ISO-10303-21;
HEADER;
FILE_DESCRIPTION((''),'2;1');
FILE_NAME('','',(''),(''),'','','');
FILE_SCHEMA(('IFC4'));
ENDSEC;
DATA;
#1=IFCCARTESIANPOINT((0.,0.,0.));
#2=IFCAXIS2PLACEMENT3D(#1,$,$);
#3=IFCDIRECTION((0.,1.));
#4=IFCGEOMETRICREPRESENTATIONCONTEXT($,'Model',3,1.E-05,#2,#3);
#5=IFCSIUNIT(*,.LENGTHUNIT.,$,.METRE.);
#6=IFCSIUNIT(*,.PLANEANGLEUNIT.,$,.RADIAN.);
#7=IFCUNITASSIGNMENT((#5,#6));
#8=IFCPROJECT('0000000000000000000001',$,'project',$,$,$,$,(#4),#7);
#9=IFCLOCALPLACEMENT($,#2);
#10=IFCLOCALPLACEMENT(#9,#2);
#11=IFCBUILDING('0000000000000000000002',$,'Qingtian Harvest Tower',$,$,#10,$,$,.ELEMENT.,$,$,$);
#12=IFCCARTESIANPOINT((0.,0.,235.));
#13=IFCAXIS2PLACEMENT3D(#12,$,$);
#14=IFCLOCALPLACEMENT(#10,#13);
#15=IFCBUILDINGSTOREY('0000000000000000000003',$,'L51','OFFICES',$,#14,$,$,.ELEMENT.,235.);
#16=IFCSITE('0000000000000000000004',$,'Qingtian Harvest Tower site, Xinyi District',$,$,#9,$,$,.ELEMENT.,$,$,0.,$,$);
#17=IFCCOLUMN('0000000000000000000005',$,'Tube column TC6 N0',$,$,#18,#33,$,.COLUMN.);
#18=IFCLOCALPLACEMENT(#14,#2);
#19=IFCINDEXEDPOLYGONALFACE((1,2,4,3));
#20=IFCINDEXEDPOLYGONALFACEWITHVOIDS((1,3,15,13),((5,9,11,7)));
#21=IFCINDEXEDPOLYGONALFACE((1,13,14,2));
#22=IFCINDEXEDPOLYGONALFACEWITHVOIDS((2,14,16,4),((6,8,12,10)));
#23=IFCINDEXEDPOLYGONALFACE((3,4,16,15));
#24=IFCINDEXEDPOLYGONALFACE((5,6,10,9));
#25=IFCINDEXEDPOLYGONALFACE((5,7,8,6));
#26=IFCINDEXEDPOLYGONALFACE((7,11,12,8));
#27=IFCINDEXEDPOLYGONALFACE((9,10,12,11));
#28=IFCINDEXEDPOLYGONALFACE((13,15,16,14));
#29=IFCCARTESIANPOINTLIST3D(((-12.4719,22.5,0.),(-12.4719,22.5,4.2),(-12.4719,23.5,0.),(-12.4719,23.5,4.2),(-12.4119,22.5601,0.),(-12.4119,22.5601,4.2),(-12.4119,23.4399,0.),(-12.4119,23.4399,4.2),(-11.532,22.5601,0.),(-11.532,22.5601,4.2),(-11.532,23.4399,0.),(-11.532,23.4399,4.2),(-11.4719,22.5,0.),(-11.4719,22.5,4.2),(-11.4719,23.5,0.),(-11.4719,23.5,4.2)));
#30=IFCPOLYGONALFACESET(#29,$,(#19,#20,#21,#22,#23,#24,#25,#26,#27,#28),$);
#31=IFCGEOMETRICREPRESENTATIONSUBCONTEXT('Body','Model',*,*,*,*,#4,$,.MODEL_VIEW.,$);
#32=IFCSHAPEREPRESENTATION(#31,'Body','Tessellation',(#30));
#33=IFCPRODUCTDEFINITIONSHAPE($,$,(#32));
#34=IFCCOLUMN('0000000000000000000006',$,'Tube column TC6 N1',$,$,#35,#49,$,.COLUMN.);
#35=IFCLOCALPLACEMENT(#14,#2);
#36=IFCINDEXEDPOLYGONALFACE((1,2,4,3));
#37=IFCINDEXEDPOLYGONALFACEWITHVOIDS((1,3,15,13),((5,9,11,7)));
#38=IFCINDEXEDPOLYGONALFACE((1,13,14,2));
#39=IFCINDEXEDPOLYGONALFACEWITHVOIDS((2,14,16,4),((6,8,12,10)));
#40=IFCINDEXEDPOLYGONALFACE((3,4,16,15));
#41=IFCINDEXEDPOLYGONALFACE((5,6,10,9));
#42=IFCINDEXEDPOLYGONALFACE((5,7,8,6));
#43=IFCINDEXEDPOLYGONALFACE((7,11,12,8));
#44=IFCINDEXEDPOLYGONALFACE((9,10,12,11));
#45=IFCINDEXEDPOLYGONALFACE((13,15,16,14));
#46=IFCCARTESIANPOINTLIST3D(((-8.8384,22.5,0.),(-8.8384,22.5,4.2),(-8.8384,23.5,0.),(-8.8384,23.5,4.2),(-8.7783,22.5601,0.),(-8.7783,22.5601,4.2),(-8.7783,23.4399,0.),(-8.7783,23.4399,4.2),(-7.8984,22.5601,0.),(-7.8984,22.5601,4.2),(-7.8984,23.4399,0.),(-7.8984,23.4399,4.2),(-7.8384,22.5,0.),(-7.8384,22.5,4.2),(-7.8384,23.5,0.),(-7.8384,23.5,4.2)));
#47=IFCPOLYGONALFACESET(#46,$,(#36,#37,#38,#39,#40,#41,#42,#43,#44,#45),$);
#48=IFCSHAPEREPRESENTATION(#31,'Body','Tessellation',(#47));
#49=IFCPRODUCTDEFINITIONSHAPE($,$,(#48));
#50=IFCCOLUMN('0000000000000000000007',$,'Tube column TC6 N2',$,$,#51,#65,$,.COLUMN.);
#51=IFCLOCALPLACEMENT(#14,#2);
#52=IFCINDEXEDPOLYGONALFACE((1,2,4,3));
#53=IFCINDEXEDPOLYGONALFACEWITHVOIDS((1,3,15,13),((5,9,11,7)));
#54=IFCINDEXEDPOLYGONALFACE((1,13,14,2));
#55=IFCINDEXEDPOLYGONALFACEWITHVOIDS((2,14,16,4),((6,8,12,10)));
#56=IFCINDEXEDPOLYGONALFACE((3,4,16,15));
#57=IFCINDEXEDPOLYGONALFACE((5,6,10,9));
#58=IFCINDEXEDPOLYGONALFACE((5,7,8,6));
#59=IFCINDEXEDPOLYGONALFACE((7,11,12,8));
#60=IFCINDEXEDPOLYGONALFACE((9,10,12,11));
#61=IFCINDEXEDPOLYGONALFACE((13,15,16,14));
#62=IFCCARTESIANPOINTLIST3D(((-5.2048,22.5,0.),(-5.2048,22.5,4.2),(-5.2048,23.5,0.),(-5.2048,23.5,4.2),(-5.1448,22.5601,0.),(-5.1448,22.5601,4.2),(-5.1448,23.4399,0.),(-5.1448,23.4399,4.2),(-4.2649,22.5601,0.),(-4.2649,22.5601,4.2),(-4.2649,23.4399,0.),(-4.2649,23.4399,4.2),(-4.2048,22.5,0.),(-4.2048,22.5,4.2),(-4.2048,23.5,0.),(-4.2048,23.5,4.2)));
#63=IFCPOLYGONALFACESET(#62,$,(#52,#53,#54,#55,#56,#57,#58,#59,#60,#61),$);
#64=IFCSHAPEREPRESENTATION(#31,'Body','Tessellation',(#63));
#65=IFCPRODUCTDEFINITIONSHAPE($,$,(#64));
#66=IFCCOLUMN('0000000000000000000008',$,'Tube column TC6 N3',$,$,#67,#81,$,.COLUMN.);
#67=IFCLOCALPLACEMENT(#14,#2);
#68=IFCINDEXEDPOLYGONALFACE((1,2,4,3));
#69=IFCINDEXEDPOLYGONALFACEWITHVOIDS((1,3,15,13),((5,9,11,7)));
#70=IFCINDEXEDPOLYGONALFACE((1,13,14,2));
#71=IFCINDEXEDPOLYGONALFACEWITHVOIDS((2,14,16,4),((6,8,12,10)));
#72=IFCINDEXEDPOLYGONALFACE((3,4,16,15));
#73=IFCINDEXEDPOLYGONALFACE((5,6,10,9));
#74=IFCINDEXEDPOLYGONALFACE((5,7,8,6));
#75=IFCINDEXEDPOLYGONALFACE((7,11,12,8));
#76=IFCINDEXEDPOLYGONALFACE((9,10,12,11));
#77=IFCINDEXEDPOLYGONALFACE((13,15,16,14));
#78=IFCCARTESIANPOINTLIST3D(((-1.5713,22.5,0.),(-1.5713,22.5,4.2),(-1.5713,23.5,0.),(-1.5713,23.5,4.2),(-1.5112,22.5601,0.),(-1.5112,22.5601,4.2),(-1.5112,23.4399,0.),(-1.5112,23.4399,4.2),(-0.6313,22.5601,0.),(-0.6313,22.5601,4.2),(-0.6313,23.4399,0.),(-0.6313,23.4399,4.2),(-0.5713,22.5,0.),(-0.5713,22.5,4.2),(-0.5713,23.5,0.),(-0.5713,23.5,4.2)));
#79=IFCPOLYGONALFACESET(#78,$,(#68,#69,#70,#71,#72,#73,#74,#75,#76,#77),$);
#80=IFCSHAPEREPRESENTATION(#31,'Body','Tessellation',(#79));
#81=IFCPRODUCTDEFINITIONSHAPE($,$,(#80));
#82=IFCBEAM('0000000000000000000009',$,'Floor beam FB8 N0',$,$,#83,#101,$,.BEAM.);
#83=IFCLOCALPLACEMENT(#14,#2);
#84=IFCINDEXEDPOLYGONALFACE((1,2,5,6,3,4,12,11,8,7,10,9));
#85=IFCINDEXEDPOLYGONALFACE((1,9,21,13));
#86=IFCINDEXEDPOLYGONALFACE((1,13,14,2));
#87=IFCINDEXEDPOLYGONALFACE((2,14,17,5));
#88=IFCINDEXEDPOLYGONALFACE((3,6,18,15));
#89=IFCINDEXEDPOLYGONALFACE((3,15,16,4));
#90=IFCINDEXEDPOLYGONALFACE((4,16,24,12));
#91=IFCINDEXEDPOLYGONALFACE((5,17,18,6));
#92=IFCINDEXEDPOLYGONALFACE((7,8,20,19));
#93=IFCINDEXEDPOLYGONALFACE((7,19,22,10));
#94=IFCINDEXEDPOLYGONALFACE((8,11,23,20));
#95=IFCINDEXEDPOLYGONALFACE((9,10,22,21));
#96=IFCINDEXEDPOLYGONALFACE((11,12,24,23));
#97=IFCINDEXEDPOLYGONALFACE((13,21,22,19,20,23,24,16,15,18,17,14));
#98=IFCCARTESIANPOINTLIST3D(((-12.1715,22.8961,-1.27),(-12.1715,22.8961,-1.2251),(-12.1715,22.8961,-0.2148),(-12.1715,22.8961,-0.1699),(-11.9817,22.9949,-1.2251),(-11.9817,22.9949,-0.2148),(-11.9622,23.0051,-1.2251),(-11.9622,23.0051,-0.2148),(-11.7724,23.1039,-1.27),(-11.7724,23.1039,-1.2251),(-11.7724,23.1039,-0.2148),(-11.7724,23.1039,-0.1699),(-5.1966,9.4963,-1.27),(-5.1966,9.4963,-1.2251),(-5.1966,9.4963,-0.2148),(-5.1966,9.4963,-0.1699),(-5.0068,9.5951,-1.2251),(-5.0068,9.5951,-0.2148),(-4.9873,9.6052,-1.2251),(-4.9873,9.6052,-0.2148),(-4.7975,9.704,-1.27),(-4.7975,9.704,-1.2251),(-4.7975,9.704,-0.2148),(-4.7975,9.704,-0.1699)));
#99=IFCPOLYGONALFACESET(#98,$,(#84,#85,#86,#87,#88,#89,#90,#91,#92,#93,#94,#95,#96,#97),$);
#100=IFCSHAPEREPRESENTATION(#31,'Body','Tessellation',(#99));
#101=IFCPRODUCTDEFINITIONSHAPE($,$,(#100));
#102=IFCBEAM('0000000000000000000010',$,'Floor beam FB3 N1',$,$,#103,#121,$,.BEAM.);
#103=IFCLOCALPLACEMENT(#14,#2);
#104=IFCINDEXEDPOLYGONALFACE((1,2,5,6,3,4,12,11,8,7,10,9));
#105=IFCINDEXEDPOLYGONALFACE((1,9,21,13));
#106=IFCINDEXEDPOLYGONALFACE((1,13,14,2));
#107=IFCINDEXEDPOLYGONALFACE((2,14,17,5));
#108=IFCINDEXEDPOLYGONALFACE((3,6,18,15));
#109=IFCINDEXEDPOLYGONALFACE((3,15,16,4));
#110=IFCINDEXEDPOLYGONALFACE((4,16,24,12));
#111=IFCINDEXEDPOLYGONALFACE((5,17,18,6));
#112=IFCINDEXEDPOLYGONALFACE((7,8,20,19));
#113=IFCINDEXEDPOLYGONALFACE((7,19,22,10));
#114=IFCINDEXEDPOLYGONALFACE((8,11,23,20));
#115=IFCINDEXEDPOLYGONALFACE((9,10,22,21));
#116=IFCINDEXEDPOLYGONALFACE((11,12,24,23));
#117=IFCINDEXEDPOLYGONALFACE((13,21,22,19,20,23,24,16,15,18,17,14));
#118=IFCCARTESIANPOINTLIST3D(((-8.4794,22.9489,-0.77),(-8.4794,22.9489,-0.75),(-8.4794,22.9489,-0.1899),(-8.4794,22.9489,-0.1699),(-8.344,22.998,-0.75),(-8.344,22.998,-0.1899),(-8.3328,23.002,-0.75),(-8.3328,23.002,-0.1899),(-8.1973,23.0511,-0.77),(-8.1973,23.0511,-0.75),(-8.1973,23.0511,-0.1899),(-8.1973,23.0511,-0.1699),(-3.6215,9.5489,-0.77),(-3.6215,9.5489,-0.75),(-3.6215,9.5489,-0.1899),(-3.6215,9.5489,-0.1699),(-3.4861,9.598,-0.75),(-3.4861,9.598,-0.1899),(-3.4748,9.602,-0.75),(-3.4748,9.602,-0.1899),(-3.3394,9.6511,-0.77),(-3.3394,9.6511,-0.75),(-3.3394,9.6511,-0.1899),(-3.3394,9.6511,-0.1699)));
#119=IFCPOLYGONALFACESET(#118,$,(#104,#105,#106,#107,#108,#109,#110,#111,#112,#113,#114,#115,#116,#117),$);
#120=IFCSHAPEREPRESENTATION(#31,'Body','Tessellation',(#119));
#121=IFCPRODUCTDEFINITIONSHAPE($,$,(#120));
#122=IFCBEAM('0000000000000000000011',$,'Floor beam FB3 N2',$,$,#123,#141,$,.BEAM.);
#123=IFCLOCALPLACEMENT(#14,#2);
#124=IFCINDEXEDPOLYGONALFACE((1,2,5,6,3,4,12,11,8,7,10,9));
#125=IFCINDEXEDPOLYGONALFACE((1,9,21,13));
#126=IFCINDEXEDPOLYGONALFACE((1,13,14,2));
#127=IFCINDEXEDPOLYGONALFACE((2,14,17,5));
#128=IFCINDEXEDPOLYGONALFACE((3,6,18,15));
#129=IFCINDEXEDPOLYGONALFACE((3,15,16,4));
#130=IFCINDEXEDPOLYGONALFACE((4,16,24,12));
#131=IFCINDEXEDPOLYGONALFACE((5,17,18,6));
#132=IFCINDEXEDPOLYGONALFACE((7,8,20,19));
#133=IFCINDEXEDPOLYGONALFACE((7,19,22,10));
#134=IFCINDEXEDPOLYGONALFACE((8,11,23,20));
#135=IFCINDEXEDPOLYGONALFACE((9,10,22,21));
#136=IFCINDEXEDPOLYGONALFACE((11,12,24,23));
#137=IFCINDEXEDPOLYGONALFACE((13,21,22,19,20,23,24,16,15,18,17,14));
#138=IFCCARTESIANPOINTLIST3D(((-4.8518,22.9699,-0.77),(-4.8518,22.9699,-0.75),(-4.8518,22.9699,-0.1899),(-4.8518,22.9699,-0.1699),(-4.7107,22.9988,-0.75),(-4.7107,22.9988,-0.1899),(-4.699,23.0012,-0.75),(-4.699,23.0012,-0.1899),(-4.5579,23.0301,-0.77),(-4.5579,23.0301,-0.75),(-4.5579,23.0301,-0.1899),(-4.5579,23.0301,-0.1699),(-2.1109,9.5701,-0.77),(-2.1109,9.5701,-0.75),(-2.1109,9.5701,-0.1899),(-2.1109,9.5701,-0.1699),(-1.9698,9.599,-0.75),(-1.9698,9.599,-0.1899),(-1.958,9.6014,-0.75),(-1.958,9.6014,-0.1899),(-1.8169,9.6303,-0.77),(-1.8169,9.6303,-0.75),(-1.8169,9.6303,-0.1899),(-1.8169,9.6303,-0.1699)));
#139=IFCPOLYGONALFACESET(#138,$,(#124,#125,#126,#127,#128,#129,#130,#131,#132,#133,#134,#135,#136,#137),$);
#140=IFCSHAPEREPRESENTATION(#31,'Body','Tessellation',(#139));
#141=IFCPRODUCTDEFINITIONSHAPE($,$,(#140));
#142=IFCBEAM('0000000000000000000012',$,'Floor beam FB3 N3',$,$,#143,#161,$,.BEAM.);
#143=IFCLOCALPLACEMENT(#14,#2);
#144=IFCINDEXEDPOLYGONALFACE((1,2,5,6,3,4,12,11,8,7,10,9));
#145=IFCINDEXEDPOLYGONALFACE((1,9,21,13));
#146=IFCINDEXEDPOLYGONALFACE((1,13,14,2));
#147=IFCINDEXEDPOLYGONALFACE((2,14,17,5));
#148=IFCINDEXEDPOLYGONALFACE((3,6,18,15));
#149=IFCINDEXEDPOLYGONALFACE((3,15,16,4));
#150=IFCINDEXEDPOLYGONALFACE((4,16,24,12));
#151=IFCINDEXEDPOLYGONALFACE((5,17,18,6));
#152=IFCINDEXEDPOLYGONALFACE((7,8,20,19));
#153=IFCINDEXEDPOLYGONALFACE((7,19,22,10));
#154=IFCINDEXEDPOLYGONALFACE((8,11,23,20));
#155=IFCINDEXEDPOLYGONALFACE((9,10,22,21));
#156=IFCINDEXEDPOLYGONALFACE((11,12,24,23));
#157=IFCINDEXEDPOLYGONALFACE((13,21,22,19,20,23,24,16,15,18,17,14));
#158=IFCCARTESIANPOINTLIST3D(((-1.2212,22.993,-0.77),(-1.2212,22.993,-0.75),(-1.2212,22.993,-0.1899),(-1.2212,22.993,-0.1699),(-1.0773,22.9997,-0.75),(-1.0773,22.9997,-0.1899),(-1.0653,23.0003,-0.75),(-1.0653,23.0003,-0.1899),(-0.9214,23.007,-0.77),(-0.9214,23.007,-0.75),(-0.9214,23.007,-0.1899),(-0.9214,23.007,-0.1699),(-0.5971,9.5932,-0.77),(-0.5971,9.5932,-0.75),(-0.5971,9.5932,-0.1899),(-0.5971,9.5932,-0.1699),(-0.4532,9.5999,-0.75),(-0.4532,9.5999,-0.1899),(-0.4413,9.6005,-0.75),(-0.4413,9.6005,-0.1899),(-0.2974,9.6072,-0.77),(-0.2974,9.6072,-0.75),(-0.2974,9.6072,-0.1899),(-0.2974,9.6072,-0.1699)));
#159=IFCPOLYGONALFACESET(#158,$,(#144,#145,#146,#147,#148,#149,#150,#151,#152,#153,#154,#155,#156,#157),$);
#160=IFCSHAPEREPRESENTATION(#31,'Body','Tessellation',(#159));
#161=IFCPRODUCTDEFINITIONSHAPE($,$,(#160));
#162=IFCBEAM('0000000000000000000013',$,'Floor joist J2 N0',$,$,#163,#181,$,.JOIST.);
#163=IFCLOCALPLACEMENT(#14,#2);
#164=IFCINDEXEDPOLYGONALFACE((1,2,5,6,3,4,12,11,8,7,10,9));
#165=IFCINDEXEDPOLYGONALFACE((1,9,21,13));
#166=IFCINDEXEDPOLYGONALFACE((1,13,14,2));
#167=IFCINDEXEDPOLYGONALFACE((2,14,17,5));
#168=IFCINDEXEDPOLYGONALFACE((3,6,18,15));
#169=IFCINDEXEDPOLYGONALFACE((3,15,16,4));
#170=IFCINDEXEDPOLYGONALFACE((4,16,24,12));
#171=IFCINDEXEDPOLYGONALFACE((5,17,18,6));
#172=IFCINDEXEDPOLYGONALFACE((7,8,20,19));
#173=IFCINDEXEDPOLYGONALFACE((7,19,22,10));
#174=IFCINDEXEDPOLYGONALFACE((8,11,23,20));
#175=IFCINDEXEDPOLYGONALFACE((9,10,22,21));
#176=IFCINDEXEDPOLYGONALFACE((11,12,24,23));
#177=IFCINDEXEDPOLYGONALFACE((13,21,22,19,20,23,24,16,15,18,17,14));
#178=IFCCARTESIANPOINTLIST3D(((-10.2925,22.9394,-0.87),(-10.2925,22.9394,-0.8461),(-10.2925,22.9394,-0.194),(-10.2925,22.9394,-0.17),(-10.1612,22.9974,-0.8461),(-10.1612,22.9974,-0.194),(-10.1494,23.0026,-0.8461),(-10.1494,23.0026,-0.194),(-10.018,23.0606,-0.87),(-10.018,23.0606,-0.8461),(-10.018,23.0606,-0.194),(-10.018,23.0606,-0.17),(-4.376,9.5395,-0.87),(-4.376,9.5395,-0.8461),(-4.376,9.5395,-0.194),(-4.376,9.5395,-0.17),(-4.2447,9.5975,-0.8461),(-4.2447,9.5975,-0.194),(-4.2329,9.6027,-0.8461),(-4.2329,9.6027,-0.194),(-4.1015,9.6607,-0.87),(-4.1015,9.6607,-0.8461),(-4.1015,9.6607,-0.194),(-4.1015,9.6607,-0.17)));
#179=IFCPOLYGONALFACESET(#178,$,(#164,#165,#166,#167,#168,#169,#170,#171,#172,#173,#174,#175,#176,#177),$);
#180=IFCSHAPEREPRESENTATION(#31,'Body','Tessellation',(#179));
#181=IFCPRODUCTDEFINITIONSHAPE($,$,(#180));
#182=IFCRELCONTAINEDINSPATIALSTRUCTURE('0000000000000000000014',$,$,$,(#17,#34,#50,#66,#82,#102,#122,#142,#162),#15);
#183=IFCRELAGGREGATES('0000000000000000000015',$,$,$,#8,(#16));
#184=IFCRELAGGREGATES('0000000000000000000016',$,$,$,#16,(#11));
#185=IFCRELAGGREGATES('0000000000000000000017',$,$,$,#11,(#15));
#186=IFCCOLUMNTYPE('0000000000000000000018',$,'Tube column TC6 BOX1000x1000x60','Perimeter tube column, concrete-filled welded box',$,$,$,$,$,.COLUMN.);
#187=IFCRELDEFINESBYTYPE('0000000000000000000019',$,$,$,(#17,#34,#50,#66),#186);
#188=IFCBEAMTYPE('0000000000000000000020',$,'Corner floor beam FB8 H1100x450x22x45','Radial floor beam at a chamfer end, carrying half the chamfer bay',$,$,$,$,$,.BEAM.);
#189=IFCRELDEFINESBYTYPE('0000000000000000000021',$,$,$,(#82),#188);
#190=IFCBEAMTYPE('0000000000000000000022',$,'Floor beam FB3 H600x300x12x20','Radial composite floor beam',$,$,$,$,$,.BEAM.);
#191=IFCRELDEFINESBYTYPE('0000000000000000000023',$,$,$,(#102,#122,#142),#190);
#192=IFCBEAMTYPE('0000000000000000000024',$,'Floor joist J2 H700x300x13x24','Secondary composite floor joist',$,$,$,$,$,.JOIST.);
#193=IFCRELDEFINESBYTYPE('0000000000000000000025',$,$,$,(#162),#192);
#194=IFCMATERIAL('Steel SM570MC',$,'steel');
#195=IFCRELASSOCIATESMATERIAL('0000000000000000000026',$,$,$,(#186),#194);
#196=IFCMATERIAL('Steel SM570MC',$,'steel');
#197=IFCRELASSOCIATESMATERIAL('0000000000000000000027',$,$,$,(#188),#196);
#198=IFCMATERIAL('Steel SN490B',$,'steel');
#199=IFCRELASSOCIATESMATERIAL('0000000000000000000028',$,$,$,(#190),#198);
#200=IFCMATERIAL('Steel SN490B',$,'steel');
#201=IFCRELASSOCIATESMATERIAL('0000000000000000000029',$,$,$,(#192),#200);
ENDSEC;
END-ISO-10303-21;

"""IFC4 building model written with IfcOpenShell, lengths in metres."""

from ifc_helpers import new_model, si_unit, direction, frame, origin, origin_2d, place, context, subcontext, project, spatial, hollow_rectangle, i_section, extrude, material, material_profile, profile_set, type_object, element, save


model = new_model("IFC4")

# Units and contexts
model_context = context("Model", 3, precision=1e-05, world=origin(), true_north=direction((0.0, 1.0)))
body_context = subcontext(model_context, "Body", "Model", "MODEL_VIEW")
ifc_project = project(units=[si_unit("LENGTHUNIT", "METRE"), si_unit("PLANEANGLEUNIT", "RADIAN")], contexts=[model_context])

# Site, building, storey
site_placement = place(None, origin())
site = spatial("IfcSite", under=ifc_project, at=site_placement, Name="Qingtian Harvest Tower site, Xinyi District", CompositionType="ELEMENT", RefElevation=0.0)
building_placement = place(site_placement, origin())
building = spatial("IfcBuilding", under=site, at=building_placement, Name="Qingtian Harvest Tower", CompositionType="ELEMENT")
storey_placement = place(building_placement, frame((0.0, 0.0, 235.0)))
storey = spatial("IfcBuildingStorey", under=building, at=storey_placement, Name="L51", Description="OFFICES", CompositionType="ELEMENT", Elevation=235.0)

# Columns
ifc_material_1 = material(Name="Steel SM570MC", Category="steel")
ifc_material_profile_1 = material_profile(ifc_material_1, hollow_rectangle(XDim=1.0, YDim=1.0, WallThickness=0.0601, at=origin_2d()), Name="BOX1000x1000x60")
ifc_profile_set_1 = profile_set([ifc_material_profile_1], Name="Steel SM570MC")
column_type = type_object("IfcColumnType", Name="Tube column TC6 BOX1000x1000x60", Description="Perimeter tube column, concrete-filled welded box", PredefinedType="COLUMN", material=ifc_profile_set_1)
for number, where, z_axis, x_axis, name in (
    (1, (-11.9719, 23.0, 0.0), (0.0, 0.0, 1.0), (-1.0, 0.0, 0.0), "Tube column TC6 N0"),
    (2, (-8.3384, 23.0, 0.0), (0.0, 0.0, 1.0), (-1.0, 0.0, 0.0), "Tube column TC6 N1"),
    (3, (-4.7048, 23.0, 0.0), (0.0, 0.0, 1.0), (-1.0, 0.0, 0.0), "Tube column TC6 N2"),
    (4, (-1.0713, 23.0, 0.0), (0.0, 0.0, 1.0), (-1.0, 0.0, 0.0), "Tube column TC6 N3"),
):
    element("IfcColumn", number, at=place(storey_placement, frame(where, z_axis=z_axis, x_axis=x_axis)), inside=storey, type_object=column_type, Name=name, PredefinedType="COLUMN", context=body_context, shape_type="SweptSolid", body=[
        extrude(hollow_rectangle(XDim=1.0, YDim=1.0, WallThickness=0.0601, at=origin_2d()), origin(), (0.0, 0.0, 1.0), 4.2),
    ])

# Beams
ifc_material_2 = material(Name="Steel SM570MC", Category="steel")
ifc_material_profile_2 = material_profile(ifc_material_2, i_section(OverallWidth=0.45, OverallDepth=1.1001, WebThickness=0.022, FlangeThickness=0.0449, at=origin_2d()), Name="H1100x450x22x45")
ifc_profile_set_2 = profile_set([ifc_material_profile_2], Name="Steel SM570MC")
beam_type_1 = type_object("IfcBeamType", Name="Corner floor beam FB8 H1100x450x22x45", Description="Radial floor beam at a chamfer end, carrying half the chamfer bay", PredefinedType="BEAM", material=ifc_profile_set_2)
beam_1_placement = place(storey_placement, frame((-11.9719, 23.0, -0.72), z_axis=(0.461712, -0.88703, 0.0), x_axis=(0.88703, 0.461712, 0.0)))
element("IfcBeam", 5, at=beam_1_placement, inside=storey, type_object=beam_type_1, Name="Floor beam FB8 N0", PredefinedType="BEAM", context=body_context, shape_type="SweptSolid", body=[
    extrude(i_section(OverallWidth=0.45, OverallDepth=1.1001, WebThickness=0.022, FlangeThickness=0.0449, at=origin_2d()), origin(), (0.0, 0.0, 1.0), 15.1064),
])
ifc_material_3 = material(Name="Steel SN490B", Category="steel")
ifc_material_profile_3 = material_profile(ifc_material_3, i_section(OverallWidth=0.3, OverallDepth=0.6001, WebThickness=0.012, FlangeThickness=0.02, at=origin_2d()), Name="H600x300x12x20")
ifc_profile_set_3 = profile_set([ifc_material_profile_3], Name="Steel SN490B")
beam_type_2 = type_object("IfcBeamType", Name="Floor beam FB3 H600x300x12x20", Description="Radial composite floor beam", PredefinedType="BEAM", material=ifc_profile_set_3)
beam_2_placement = place(storey_placement, frame((-8.3384, 23.0, -0.47), z_axis=(0.340827, -0.940126, 0.0), x_axis=(0.940126, 0.340827, 0.0)))
element("IfcBeam", 6, at=beam_2_placement, inside=storey, type_object=beam_type_2, Name="Floor beam FB3 N1", PredefinedType="BEAM", context=body_context, shape_type="SweptSolid", body=[
    extrude(i_section(OverallWidth=0.3, OverallDepth=0.6001, WebThickness=0.012, FlangeThickness=0.02, at=origin_2d()), origin(), (0.0, 0.0, 1.0), 14.2534),
])
beam_3_placement = place(storey_placement, frame((-4.7048, 23.0, -0.47), z_axis=(0.200402, -0.979714, 0.0), x_axis=(0.979714, 0.200402, 0.0)))
element("IfcBeam", 7, at=beam_3_placement, inside=storey, type_object=beam_type_2, Name="Floor beam FB3 N2", PredefinedType="BEAM", context=body_context, shape_type="SweptSolid", body=[
    extrude(i_section(OverallWidth=0.3, OverallDepth=0.6001, WebThickness=0.012, FlangeThickness=0.02, at=origin_2d()), origin(), (0.0, 0.0, 1.0), 13.6772),
])
beam_4_placement = place(storey_placement, frame((-1.0713, 23.0, -0.47), z_axis=(0.046519, -0.998917, 0.0), x_axis=(0.998917, 0.046519, 0.0)))
element("IfcBeam", 8, at=beam_4_placement, inside=storey, type_object=beam_type_2, Name="Floor beam FB3 N3", PredefinedType="BEAM", context=body_context, shape_type="SweptSolid", body=[
    extrude(i_section(OverallWidth=0.3, OverallDepth=0.6001, WebThickness=0.012, FlangeThickness=0.02, at=origin_2d()), origin(), (0.0, 0.0, 1.0), 13.4143),
])
ifc_material_4 = material(Name="Steel SN490B", Category="steel")
ifc_material_profile_4 = material_profile(ifc_material_4, i_section(OverallWidth=0.3, OverallDepth=0.7, WebThickness=0.0129, FlangeThickness=0.0239, at=origin_2d()), Name="H700x300x13x24")
ifc_profile_set_4 = profile_set([ifc_material_profile_4], Name="Steel SN490B")
beam_type_3 = type_object("IfcBeamType", Name="Floor joist J2 H700x300x13x24", Description="Secondary composite floor joist", PredefinedType="JOIST", material=ifc_profile_set_4)
beam_5_placement = place(storey_placement, frame((-10.1553, 23.0, -0.52), z_axis=(0.403913, -0.914797, 0.0), x_axis=(0.914797, 0.403913, 0.0)))
element("IfcBeam", 9, at=beam_5_placement, inside=storey, type_object=beam_type_3, Name="Floor joist J2 N0", PredefinedType="JOIST", context=body_context, shape_type="SweptSolid", body=[
    extrude(i_section(OverallWidth=0.3, OverallDepth=0.7, WebThickness=0.0129, FlangeThickness=0.0239, at=origin_2d()), origin(), (0.0, 0.0, 1.0), 14.6479),
])

save(model, "model.ifc")
